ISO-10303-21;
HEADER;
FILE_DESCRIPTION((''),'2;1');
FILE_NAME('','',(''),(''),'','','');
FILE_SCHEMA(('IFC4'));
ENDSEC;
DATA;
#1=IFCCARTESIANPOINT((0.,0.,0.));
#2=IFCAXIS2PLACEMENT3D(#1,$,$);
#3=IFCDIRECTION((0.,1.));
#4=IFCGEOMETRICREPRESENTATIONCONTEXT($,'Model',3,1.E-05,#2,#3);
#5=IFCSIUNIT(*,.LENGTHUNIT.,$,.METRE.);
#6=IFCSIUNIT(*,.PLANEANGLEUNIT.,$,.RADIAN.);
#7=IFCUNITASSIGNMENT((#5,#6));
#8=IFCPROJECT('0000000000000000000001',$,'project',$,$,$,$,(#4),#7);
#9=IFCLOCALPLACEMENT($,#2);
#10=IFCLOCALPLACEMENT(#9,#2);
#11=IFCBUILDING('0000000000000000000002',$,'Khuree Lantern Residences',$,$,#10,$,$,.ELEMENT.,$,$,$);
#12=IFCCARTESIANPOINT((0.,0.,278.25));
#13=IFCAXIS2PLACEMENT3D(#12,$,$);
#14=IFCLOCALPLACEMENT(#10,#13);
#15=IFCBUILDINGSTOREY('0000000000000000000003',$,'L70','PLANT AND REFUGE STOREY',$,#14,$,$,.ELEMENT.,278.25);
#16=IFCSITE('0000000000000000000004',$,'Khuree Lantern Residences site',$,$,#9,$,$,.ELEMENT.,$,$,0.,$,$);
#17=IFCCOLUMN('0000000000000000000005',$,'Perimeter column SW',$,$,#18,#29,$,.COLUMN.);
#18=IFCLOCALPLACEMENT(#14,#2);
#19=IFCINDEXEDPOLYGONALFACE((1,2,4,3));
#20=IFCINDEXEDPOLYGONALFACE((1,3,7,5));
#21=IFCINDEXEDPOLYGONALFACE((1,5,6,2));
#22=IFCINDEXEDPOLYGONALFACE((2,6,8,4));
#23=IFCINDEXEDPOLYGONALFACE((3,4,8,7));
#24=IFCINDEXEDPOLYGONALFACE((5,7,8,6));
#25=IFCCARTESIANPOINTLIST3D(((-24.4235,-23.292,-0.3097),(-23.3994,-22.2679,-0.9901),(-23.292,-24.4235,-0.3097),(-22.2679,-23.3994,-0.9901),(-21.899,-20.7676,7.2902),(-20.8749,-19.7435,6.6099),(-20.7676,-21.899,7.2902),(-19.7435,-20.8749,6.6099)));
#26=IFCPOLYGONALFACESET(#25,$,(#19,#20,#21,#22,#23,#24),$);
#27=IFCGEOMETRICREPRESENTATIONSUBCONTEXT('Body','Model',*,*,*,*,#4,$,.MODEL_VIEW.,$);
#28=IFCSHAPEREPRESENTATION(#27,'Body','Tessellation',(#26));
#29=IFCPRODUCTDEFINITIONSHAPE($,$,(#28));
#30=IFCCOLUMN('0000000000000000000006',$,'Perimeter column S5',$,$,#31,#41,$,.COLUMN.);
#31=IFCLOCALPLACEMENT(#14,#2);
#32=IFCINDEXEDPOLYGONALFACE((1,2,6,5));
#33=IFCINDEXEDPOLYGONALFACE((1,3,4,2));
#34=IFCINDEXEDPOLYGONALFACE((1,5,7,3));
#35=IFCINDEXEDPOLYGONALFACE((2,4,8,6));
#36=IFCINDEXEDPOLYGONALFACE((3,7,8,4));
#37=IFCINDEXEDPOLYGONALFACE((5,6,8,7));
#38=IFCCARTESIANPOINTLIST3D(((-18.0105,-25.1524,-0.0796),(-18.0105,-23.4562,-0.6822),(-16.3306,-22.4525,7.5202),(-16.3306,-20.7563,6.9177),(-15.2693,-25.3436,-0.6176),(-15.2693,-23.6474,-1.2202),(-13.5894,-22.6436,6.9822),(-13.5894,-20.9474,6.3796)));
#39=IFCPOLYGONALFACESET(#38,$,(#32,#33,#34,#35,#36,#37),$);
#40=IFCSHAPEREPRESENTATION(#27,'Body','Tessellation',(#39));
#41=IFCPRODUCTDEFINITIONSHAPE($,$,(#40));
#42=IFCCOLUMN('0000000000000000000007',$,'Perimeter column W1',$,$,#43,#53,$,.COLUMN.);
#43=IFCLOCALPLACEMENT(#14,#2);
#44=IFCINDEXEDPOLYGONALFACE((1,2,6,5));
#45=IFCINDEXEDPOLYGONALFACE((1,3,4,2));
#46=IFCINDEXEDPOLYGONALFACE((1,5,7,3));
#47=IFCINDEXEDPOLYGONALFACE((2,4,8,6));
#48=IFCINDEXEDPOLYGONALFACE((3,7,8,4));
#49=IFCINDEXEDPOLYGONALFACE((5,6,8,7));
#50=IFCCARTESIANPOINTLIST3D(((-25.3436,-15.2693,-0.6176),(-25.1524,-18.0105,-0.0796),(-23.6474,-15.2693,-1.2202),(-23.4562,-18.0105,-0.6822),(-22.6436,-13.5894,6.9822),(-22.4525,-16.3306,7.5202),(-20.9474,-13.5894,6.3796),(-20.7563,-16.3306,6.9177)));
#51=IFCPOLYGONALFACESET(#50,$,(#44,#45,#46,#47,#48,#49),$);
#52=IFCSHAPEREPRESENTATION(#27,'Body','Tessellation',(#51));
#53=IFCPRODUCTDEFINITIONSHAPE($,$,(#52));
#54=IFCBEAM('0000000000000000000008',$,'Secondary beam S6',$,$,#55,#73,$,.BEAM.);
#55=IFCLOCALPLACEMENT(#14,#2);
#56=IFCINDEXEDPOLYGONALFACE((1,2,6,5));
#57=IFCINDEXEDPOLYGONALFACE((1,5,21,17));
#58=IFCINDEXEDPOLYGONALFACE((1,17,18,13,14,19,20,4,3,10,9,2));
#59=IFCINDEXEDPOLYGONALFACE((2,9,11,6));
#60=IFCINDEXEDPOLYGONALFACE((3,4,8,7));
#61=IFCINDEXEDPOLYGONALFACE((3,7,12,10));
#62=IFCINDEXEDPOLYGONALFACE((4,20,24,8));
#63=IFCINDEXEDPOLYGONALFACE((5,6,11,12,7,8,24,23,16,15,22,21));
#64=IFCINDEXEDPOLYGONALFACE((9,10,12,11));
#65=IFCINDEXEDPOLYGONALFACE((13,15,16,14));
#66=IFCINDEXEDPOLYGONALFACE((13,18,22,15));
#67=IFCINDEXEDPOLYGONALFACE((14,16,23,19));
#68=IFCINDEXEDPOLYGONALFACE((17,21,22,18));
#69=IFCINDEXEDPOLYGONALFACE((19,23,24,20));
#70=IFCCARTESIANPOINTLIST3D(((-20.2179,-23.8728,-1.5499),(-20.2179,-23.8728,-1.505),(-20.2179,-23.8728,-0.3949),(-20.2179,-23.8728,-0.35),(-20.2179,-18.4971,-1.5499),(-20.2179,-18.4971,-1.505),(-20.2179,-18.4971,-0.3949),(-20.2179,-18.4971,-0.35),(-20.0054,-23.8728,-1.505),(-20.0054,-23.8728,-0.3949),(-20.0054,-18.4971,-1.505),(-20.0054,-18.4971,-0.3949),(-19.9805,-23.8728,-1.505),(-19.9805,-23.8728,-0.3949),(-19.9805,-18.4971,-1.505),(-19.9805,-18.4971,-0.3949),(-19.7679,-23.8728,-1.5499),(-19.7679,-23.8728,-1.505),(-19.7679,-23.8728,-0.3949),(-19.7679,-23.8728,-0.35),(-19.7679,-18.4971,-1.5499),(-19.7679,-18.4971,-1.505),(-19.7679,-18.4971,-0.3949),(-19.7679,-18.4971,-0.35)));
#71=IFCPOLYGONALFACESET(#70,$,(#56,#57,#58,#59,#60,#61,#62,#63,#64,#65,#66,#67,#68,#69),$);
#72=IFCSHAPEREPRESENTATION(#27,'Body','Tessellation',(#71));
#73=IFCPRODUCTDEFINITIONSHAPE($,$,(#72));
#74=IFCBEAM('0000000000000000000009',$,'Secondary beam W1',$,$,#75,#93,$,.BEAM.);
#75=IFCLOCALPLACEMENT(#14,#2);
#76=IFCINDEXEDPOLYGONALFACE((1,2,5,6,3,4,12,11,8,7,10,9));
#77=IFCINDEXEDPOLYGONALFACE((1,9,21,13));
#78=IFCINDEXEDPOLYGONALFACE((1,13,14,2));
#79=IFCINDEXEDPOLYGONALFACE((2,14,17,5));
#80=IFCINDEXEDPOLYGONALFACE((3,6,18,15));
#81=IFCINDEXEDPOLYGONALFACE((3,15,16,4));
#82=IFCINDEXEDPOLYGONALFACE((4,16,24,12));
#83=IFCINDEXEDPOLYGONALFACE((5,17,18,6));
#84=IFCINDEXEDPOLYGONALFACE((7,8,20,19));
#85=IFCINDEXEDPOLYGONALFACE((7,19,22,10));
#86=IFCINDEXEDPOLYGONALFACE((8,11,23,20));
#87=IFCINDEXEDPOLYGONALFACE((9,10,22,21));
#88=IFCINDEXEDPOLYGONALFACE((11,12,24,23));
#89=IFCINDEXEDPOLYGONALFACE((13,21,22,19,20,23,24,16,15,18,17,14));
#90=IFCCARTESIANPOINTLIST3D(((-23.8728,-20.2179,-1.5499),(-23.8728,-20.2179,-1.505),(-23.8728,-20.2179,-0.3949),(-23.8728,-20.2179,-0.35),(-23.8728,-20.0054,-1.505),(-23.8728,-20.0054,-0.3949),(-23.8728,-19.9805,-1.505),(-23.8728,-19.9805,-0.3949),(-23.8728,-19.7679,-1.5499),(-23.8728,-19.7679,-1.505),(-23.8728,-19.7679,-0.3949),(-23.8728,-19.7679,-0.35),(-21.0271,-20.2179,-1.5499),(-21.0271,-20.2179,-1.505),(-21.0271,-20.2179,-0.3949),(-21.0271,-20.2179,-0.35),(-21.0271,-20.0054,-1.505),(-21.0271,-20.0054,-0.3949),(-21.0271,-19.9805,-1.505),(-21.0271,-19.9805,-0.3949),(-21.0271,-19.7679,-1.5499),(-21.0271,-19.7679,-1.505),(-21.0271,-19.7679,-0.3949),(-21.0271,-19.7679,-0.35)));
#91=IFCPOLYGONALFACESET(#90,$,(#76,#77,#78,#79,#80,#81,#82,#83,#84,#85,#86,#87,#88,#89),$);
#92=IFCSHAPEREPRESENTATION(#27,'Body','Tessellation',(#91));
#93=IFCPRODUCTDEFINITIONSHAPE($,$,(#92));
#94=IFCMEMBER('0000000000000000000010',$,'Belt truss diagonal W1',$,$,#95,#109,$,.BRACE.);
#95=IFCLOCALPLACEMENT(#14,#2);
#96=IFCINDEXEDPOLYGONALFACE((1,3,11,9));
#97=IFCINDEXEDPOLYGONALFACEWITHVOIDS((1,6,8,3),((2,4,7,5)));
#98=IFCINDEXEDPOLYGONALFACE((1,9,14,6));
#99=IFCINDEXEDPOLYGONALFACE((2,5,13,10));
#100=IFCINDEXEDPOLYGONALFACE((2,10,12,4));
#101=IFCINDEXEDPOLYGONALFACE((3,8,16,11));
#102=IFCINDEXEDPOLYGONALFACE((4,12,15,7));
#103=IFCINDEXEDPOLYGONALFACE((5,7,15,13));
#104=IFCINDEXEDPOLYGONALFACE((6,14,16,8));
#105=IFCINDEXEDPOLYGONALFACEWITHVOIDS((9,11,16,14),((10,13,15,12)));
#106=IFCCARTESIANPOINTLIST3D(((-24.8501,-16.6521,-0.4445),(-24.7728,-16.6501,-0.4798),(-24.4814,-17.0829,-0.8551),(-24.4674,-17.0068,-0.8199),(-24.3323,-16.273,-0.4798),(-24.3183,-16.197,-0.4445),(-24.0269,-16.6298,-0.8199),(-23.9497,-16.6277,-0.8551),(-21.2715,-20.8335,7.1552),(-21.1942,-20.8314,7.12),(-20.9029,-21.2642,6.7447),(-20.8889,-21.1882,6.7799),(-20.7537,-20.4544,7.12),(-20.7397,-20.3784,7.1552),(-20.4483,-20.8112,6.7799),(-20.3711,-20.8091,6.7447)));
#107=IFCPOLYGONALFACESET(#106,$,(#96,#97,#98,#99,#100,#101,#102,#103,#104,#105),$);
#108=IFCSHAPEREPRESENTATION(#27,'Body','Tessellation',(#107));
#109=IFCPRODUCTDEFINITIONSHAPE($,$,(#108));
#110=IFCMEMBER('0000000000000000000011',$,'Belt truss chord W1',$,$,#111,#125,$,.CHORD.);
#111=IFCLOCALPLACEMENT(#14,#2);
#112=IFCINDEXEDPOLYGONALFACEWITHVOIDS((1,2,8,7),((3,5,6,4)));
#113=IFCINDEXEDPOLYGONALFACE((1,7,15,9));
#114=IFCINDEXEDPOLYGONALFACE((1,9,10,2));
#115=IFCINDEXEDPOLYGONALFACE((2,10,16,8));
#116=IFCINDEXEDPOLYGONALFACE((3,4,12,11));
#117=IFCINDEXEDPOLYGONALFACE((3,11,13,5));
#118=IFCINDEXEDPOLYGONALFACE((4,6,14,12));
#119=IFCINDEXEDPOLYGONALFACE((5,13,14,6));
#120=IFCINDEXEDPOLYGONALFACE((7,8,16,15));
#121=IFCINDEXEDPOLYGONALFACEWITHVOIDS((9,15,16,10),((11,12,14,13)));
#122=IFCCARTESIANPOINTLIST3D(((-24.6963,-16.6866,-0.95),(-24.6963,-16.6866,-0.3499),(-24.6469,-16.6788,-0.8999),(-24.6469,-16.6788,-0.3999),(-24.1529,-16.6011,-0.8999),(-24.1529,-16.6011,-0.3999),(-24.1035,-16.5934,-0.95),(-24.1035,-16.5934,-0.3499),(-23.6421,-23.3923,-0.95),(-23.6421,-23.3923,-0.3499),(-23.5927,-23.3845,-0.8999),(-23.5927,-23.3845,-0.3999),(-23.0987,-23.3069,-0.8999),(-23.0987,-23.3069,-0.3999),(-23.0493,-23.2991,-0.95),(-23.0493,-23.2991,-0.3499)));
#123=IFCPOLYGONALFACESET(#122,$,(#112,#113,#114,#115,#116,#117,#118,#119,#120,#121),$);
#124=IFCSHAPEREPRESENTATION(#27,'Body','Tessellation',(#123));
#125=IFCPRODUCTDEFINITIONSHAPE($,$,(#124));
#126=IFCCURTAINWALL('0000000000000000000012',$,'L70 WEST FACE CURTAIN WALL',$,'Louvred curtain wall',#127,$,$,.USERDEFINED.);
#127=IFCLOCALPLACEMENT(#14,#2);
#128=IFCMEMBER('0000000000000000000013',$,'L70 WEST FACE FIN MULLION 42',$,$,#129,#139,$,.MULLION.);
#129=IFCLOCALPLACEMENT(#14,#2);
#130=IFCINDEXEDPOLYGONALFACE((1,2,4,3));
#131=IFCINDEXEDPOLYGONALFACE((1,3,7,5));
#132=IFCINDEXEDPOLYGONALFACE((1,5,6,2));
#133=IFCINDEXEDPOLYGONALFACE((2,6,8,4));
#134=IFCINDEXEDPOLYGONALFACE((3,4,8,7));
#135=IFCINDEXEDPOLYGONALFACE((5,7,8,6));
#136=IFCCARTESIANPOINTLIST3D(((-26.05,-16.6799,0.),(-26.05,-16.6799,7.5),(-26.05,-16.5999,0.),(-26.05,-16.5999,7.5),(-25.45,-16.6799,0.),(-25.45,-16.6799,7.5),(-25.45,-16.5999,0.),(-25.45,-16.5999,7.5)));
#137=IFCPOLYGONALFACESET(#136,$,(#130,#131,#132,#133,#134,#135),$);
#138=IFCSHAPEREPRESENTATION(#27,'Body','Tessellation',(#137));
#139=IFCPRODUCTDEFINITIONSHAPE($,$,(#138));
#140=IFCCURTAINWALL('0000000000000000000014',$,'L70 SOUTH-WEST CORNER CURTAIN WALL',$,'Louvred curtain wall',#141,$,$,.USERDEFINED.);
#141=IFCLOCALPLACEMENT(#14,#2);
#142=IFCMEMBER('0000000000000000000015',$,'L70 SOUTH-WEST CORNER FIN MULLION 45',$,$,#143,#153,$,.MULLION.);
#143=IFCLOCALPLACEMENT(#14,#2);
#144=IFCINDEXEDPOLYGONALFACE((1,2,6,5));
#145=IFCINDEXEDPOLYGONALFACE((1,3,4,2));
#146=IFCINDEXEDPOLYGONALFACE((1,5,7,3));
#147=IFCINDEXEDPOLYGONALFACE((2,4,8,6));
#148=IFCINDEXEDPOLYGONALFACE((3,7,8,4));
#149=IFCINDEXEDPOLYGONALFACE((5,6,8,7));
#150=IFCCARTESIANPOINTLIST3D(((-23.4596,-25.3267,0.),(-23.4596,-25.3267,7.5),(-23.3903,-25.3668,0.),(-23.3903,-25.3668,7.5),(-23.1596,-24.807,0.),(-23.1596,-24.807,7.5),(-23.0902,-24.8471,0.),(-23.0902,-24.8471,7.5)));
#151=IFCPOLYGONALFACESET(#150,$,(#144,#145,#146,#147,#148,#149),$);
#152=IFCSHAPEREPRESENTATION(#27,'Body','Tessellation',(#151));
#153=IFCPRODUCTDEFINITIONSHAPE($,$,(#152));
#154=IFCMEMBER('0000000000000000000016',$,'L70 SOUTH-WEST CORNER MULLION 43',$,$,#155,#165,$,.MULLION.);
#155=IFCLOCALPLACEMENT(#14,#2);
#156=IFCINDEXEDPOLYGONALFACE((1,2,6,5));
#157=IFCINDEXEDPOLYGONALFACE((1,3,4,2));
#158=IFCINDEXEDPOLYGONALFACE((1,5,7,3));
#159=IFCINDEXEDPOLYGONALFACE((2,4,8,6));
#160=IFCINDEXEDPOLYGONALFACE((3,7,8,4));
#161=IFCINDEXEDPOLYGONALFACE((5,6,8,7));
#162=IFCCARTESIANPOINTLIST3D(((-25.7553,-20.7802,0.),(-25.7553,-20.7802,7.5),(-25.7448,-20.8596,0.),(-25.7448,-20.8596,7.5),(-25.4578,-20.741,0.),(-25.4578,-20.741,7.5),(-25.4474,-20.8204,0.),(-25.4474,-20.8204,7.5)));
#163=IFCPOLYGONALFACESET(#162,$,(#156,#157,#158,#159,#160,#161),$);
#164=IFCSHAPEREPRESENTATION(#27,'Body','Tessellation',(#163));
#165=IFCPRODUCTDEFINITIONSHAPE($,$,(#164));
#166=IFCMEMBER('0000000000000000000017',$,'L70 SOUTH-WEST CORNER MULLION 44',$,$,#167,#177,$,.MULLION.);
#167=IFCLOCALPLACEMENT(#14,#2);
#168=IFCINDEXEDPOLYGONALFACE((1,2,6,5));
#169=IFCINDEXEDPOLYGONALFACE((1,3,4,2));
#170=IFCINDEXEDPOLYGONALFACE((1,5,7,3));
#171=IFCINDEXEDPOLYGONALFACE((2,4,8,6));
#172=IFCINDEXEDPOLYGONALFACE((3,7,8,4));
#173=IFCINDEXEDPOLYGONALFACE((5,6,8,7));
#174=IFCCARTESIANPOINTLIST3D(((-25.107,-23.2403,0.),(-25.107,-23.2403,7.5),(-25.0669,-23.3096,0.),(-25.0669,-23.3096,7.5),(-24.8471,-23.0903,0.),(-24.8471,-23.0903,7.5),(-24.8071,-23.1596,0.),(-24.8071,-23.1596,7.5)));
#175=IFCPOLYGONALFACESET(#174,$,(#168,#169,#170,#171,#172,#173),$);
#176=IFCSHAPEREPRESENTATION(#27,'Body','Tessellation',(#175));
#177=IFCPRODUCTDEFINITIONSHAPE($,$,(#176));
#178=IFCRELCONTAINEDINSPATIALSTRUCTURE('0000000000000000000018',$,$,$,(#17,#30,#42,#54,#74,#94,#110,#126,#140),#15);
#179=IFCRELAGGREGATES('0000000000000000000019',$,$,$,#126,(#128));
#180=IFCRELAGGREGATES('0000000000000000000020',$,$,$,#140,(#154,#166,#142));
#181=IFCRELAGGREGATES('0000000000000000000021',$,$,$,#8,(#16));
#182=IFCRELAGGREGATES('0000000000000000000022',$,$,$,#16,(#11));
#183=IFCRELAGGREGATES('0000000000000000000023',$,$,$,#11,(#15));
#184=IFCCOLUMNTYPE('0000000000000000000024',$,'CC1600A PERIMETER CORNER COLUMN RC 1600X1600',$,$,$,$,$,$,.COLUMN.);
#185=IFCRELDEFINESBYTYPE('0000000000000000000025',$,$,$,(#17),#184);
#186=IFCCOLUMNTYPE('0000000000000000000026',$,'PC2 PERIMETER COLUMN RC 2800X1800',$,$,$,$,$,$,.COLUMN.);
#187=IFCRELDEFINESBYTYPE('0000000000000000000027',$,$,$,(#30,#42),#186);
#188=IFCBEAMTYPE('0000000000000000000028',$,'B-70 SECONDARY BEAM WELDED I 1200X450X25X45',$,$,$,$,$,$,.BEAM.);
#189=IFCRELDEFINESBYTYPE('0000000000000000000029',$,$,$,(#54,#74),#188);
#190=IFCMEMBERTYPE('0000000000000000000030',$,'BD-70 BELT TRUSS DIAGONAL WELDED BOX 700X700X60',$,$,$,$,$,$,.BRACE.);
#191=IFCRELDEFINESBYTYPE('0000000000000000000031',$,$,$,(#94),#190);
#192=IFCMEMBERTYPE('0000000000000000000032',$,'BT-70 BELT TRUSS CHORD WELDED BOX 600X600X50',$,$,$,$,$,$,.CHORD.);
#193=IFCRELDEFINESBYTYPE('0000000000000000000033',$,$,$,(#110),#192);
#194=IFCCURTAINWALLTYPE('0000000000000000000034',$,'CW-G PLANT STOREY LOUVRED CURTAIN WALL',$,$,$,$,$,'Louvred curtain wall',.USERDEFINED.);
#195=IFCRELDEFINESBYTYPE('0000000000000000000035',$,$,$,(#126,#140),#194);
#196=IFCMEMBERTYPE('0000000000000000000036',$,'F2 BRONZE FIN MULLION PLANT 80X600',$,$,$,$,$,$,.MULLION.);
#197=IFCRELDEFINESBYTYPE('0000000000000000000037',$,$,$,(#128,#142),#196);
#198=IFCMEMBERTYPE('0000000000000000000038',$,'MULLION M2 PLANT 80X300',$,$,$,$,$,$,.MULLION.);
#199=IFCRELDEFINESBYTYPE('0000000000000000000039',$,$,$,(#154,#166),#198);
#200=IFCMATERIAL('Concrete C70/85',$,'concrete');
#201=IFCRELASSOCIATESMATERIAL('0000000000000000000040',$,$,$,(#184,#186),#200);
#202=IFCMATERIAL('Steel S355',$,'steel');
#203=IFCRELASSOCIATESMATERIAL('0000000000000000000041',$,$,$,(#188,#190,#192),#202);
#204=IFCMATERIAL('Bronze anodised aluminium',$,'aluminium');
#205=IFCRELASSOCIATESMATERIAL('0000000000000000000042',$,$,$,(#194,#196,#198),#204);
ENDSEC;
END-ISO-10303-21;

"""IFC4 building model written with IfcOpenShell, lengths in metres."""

from ifc_helpers import new_model, si_unit, direction, frame, origin, origin_2d, place, context, subcontext, project, spatial, rectangle, hollow_rectangle, i_section, extrude, material, material_profile, profile_set, type_object, element, aggregate, save


model = new_model("IFC4")

# Units and contexts
model_context = context("Model", 3, precision=1e-05, world=origin(), true_north=direction((0.0, 1.0)))
body_context = subcontext(model_context, "Body", "Model", "MODEL_VIEW")
ifc_project = project(units=[si_unit("LENGTHUNIT", "METRE"), si_unit("PLANEANGLEUNIT", "RADIAN")], contexts=[model_context])

# Site, building, storey
site_placement = place(None, origin())
site = spatial("IfcSite", under=ifc_project, at=site_placement, Name="Khuree Lantern Residences site", CompositionType="ELEMENT", RefElevation=0.0)
building_placement = place(site_placement, origin())
building = spatial("IfcBuilding", under=site, at=building_placement, Name="Khuree Lantern Residences", CompositionType="ELEMENT")
storey_placement = place(building_placement, frame((0.0, 0.0, 278.25)))
storey = spatial("IfcBuildingStorey", under=building, at=storey_placement, Name="L70", Description="PLANT AND REFUGE STOREY", CompositionType="ELEMENT", Elevation=278.25)

# Columns
ifc_material_1 = material(Name="Concrete C70/85", Category="concrete")
ifc_material_profile_1 = material_profile(ifc_material_1, rectangle(XDim=1.6001, YDim=1.6001, at=origin_2d()), Name="RC 1600X1600")
ifc_profile_set_1 = profile_set([ifc_material_profile_1], Name="Concrete C70/85")
column_type_1 = type_object("IfcColumnType", Name="CC1600A PERIMETER CORNER COLUMN RC 1600X1600", PredefinedType="COLUMN", material=ifc_profile_set_1)
column_placement = place(storey_placement, frame((-23.3457, -23.3457, -0.6499), z_axis=(0.300647, 0.300647, 0.905109), x_axis=(0.707107, -0.707107, 0.0)))
element("IfcColumn", 1, at=column_placement, inside=storey, type_object=column_type_1, Name="Perimeter column SW", PredefinedType="COLUMN", context=body_context, shape_type="SweptSolid", body=[
    extrude(rectangle(XDim=1.6001, YDim=1.6001, at=origin_2d()), origin(), (0.0, 0.0, 1.0), 8.3967),
])
ifc_material_profile_2 = material_profile(ifc_material_1, rectangle(XDim=2.8, YDim=1.8, at=origin_2d()), Name="RC 2800X1800")
ifc_profile_set_2 = profile_set([ifc_material_profile_2], Name="Concrete C70/85")
column_type_2 = type_object("IfcColumnType", Name="PC2 PERIMETER COLUMN RC 2800X1800", PredefinedType="COLUMN", material=ifc_profile_set_2)
for number, where, z_axis, x_axis, name in (
    (2, (-16.6399, -24.3999, -0.6499), (0.203917, 0.327731, 0.922502), (0.978988, -0.068256, -0.192155), "Perimeter column S5"),
    (3, (-24.3999, -16.6399, -0.6499), (0.327731, 0.203917, 0.922502), (-0.068256, 0.978988, -0.192155), "Perimeter column W1"),
):
    element("IfcColumn", number, at=place(storey_placement, frame(where, z_axis=z_axis, x_axis=x_axis)), inside=storey, type_object=column_type_2, Name=name, PredefinedType="COLUMN", context=body_context, shape_type="SweptSolid", body=[
        extrude(rectangle(XDim=2.8, YDim=1.8, at=origin_2d()), origin(), (0.0, 0.0, 1.0), 8.2383),
    ])

# Beams
ifc_material_2 = material(Name="Steel S355", Category="steel")
ifc_material_profile_3 = material_profile(ifc_material_2, i_section(OverallWidth=0.45, OverallDepth=1.2, WebThickness=0.0249, FlangeThickness=0.0449, at=origin_2d()), Name="WELDED I 1200X450X25X45")
ifc_profile_set_3 = profile_set([ifc_material_profile_3], Name="Steel S355")
beam_type = type_object("IfcBeamType", Name="B-70 SECONDARY BEAM WELDED I 1200X450X25X45", PredefinedType="BEAM", material=ifc_profile_set_3)
beam_1_placement = place(storey_placement, frame((-19.9929, -23.8728, -0.95), z_axis=(0.0, 1.0, 0.0), x_axis=(-1.0, 0.0, 0.0)))
element("IfcBeam", 4, at=beam_1_placement, inside=storey, type_object=beam_type, Name="Secondary beam S6", PredefinedType="BEAM", context=body_context, shape_type="SweptSolid", body=[
    extrude(i_section(OverallWidth=0.45, OverallDepth=1.2, WebThickness=0.0249, FlangeThickness=0.0449, at=origin_2d()), origin(), (0.0, 0.0, 1.0), 5.3757),
])
beam_2_placement = place(storey_placement, frame((-23.8728, -19.9929, -0.95), z_axis=(1.0, 0.0, 0.0), x_axis=(0.0, 1.0, 0.0)))
element("IfcBeam", 5, at=beam_2_placement, inside=storey, type_object=beam_type, Name="Secondary beam W1", PredefinedType="BEAM", context=body_context, shape_type="SweptSolid", body=[
    extrude(i_section(OverallWidth=0.45, OverallDepth=1.2, WebThickness=0.0249, FlangeThickness=0.0449, at=origin_2d()), origin(), (0.0, 0.0, 1.0), 2.8457),
])

# Members
ifc_material_profile_4 = material_profile(ifc_material_2, hollow_rectangle(XDim=0.7, YDim=0.7, WallThickness=0.0601, at=origin_2d()), Name="WELDED BOX 700X700X60")
ifc_profile_set_4 = profile_set([ifc_material_profile_4], Name="Steel S355")
member_type_1 = type_object("IfcMemberType", Name="BD-70 BELT TRUSS DIAGONAL WELDED BOX 700X700X60", PredefinedType="BRACE", material=ifc_profile_set_4)
member_1_placement = place(storey_placement, frame((-20.8213, -20.8213, 6.95), z_axis=(-0.381377, 0.445616, -0.809925), x_axis=(-0.759745, -0.650221, 0.0)))
element("IfcMember", 6, at=member_1_placement, inside=storey, type_object=member_type_1, Name="Belt truss diagonal W1", PredefinedType="BRACE", context=body_context, shape_type="SweptSolid", body=[
    extrude(hollow_rectangle(XDim=0.7, YDim=0.7, WallThickness=0.0601, at=origin_2d()), origin(), (0.0, 0.0, 1.0), 9.3833),
])
ifc_material_profile_5 = material_profile(ifc_material_2, hollow_rectangle(XDim=0.6001, YDim=0.6001, WallThickness=0.05, at=origin_2d()), Name="WELDED BOX 600X600X50")
ifc_profile_set_5 = profile_set([ifc_material_profile_5], Name="Steel S355")
member_type_2 = type_object("IfcMemberType", Name="BT-70 BELT TRUSS CHORD WELDED BOX 600X600X50", PredefinedType="CHORD", material=ifc_profile_set_5)
member_2_placement = place(storey_placement, frame((-23.3457, -23.3457, -0.6499), z_axis=(-0.1553, 0.987867, 0.0), x_axis=(-0.987867, -0.1553, 0.0)))
element("IfcMember", 7, at=member_2_placement, inside=storey, type_object=member_type_2, Name="Belt truss chord W1", PredefinedType="CHORD", context=body_context, shape_type="SweptSolid", body=[
    extrude(hollow_rectangle(XDim=0.6001, YDim=0.6001, WallThickness=0.05, at=origin_2d()), origin(), (0.0, 0.0, 1.0), 6.7881),
])

# Curtain wall, member
ifc_material_3 = material(Name="Bronze anodised aluminium", Category="aluminium")
curtain_wall_type = type_object("IfcCurtainWallType", Name="CW-G PLANT STOREY LOUVRED CURTAIN WALL", ElementType="Louvred curtain wall", PredefinedType="USERDEFINED", material=ifc_material_3)
curtain_wall_1_placement = place(storey_placement, origin())
curtain_wall_1 = element("IfcCurtainWall", 8, at=curtain_wall_1_placement, inside=storey, type_object=curtain_wall_type, Name="L70 WEST FACE CURTAIN WALL", ObjectType="Louvred curtain wall", PredefinedType="USERDEFINED")
ifc_material_profile_6 = material_profile(ifc_material_3, rectangle(XDim=0.0801, YDim=0.6001, at=origin_2d()), Name="F2 80X600")
ifc_profile_set_6 = profile_set([ifc_material_profile_6], Name="Bronze anodised aluminium")
member_type_3 = type_object("IfcMemberType", Name="F2 BRONZE FIN MULLION PLANT 80X600", PredefinedType="MULLION", material=ifc_profile_set_6)
member_3_placement = place(storey_placement, frame((-25.75, -16.6399, 0.0), z_axis=(0.0, 0.0, 1.0), x_axis=(0.0, -1.0, 0.0)))
member_3 = element("IfcMember", 9, at=member_3_placement, type_object=member_type_3, Name="L70 WEST FACE FIN MULLION 42", PredefinedType="MULLION", context=body_context, shape_type="SweptSolid", body=[
    extrude(rectangle(XDim=0.0801, YDim=0.6001, at=origin_2d()), origin(), (0.0, 0.0, 1.0), 7.5),
])

# Curtain wall, members
curtain_wall_2_placement = place(storey_placement, origin())
curtain_wall_2 = element("IfcCurtainWall", 10, at=curtain_wall_2_placement, inside=storey, type_object=curtain_wall_type, Name="L70 SOUTH-WEST CORNER CURTAIN WALL", ObjectType="Louvred curtain wall", PredefinedType="USERDEFINED")
member_4_placement = place(storey_placement, frame((-23.2749, -25.0869, 0.0), z_axis=(0.0, 0.0, 1.0), x_axis=(0.866025, -0.5, 0.0)))
member_4 = element("IfcMember", 11, at=member_4_placement, type_object=member_type_3, Name="L70 SOUTH-WEST CORNER FIN MULLION 45", PredefinedType="MULLION", context=body_context, shape_type="SweptSolid", body=[
    extrude(rectangle(XDim=0.0801, YDim=0.6001, at=origin_2d()), origin(), (0.0, 0.0, 1.0), 7.5),
])
ifc_material_profile_7 = material_profile(ifc_material_3, rectangle(XDim=0.0801, YDim=0.3, at=origin_2d()), Name="M2 80X300")
ifc_profile_set_7 = profile_set([ifc_material_profile_7], Name="Bronze anodised aluminium")
member_type_4 = type_object("IfcMemberType", Name="MULLION M2 PLANT 80X300", PredefinedType="MULLION", material=ifc_profile_set_7)
member_5_placement = place(storey_placement, frame((-25.6013, -20.8003, 0.0), z_axis=(0.0, 0.0, 1.0), x_axis=(0.130526, -0.991445, 0.0)))
member_5 = element("IfcMember", 12, at=member_5_placement, type_object=member_type_4, Name="L70 SOUTH-WEST CORNER MULLION 43", PredefinedType="MULLION", context=body_context, shape_type="SweptSolid", body=[
    extrude(rectangle(XDim=0.0801, YDim=0.3, at=origin_2d()), origin(), (0.0, 0.0, 1.0), 7.5),
])
member_6_placement = place(storey_placement, frame((-24.957, -23.2, 0.0), z_axis=(0.0, 0.0, 1.0), x_axis=(0.5, -0.866025, 0.0)))
member_6 = element("IfcMember", 13, at=member_6_placement, type_object=member_type_4, Name="L70 SOUTH-WEST CORNER MULLION 44", PredefinedType="MULLION", context=body_context, shape_type="SweptSolid", body=[
    extrude(rectangle(XDim=0.0801, YDim=0.3, at=origin_2d()), origin(), (0.0, 0.0, 1.0), 7.5),
])

aggregate(curtain_wall_1, [member_3])
aggregate(curtain_wall_2, [member_5, member_6, member_4])

save(model, "model.ifc")
